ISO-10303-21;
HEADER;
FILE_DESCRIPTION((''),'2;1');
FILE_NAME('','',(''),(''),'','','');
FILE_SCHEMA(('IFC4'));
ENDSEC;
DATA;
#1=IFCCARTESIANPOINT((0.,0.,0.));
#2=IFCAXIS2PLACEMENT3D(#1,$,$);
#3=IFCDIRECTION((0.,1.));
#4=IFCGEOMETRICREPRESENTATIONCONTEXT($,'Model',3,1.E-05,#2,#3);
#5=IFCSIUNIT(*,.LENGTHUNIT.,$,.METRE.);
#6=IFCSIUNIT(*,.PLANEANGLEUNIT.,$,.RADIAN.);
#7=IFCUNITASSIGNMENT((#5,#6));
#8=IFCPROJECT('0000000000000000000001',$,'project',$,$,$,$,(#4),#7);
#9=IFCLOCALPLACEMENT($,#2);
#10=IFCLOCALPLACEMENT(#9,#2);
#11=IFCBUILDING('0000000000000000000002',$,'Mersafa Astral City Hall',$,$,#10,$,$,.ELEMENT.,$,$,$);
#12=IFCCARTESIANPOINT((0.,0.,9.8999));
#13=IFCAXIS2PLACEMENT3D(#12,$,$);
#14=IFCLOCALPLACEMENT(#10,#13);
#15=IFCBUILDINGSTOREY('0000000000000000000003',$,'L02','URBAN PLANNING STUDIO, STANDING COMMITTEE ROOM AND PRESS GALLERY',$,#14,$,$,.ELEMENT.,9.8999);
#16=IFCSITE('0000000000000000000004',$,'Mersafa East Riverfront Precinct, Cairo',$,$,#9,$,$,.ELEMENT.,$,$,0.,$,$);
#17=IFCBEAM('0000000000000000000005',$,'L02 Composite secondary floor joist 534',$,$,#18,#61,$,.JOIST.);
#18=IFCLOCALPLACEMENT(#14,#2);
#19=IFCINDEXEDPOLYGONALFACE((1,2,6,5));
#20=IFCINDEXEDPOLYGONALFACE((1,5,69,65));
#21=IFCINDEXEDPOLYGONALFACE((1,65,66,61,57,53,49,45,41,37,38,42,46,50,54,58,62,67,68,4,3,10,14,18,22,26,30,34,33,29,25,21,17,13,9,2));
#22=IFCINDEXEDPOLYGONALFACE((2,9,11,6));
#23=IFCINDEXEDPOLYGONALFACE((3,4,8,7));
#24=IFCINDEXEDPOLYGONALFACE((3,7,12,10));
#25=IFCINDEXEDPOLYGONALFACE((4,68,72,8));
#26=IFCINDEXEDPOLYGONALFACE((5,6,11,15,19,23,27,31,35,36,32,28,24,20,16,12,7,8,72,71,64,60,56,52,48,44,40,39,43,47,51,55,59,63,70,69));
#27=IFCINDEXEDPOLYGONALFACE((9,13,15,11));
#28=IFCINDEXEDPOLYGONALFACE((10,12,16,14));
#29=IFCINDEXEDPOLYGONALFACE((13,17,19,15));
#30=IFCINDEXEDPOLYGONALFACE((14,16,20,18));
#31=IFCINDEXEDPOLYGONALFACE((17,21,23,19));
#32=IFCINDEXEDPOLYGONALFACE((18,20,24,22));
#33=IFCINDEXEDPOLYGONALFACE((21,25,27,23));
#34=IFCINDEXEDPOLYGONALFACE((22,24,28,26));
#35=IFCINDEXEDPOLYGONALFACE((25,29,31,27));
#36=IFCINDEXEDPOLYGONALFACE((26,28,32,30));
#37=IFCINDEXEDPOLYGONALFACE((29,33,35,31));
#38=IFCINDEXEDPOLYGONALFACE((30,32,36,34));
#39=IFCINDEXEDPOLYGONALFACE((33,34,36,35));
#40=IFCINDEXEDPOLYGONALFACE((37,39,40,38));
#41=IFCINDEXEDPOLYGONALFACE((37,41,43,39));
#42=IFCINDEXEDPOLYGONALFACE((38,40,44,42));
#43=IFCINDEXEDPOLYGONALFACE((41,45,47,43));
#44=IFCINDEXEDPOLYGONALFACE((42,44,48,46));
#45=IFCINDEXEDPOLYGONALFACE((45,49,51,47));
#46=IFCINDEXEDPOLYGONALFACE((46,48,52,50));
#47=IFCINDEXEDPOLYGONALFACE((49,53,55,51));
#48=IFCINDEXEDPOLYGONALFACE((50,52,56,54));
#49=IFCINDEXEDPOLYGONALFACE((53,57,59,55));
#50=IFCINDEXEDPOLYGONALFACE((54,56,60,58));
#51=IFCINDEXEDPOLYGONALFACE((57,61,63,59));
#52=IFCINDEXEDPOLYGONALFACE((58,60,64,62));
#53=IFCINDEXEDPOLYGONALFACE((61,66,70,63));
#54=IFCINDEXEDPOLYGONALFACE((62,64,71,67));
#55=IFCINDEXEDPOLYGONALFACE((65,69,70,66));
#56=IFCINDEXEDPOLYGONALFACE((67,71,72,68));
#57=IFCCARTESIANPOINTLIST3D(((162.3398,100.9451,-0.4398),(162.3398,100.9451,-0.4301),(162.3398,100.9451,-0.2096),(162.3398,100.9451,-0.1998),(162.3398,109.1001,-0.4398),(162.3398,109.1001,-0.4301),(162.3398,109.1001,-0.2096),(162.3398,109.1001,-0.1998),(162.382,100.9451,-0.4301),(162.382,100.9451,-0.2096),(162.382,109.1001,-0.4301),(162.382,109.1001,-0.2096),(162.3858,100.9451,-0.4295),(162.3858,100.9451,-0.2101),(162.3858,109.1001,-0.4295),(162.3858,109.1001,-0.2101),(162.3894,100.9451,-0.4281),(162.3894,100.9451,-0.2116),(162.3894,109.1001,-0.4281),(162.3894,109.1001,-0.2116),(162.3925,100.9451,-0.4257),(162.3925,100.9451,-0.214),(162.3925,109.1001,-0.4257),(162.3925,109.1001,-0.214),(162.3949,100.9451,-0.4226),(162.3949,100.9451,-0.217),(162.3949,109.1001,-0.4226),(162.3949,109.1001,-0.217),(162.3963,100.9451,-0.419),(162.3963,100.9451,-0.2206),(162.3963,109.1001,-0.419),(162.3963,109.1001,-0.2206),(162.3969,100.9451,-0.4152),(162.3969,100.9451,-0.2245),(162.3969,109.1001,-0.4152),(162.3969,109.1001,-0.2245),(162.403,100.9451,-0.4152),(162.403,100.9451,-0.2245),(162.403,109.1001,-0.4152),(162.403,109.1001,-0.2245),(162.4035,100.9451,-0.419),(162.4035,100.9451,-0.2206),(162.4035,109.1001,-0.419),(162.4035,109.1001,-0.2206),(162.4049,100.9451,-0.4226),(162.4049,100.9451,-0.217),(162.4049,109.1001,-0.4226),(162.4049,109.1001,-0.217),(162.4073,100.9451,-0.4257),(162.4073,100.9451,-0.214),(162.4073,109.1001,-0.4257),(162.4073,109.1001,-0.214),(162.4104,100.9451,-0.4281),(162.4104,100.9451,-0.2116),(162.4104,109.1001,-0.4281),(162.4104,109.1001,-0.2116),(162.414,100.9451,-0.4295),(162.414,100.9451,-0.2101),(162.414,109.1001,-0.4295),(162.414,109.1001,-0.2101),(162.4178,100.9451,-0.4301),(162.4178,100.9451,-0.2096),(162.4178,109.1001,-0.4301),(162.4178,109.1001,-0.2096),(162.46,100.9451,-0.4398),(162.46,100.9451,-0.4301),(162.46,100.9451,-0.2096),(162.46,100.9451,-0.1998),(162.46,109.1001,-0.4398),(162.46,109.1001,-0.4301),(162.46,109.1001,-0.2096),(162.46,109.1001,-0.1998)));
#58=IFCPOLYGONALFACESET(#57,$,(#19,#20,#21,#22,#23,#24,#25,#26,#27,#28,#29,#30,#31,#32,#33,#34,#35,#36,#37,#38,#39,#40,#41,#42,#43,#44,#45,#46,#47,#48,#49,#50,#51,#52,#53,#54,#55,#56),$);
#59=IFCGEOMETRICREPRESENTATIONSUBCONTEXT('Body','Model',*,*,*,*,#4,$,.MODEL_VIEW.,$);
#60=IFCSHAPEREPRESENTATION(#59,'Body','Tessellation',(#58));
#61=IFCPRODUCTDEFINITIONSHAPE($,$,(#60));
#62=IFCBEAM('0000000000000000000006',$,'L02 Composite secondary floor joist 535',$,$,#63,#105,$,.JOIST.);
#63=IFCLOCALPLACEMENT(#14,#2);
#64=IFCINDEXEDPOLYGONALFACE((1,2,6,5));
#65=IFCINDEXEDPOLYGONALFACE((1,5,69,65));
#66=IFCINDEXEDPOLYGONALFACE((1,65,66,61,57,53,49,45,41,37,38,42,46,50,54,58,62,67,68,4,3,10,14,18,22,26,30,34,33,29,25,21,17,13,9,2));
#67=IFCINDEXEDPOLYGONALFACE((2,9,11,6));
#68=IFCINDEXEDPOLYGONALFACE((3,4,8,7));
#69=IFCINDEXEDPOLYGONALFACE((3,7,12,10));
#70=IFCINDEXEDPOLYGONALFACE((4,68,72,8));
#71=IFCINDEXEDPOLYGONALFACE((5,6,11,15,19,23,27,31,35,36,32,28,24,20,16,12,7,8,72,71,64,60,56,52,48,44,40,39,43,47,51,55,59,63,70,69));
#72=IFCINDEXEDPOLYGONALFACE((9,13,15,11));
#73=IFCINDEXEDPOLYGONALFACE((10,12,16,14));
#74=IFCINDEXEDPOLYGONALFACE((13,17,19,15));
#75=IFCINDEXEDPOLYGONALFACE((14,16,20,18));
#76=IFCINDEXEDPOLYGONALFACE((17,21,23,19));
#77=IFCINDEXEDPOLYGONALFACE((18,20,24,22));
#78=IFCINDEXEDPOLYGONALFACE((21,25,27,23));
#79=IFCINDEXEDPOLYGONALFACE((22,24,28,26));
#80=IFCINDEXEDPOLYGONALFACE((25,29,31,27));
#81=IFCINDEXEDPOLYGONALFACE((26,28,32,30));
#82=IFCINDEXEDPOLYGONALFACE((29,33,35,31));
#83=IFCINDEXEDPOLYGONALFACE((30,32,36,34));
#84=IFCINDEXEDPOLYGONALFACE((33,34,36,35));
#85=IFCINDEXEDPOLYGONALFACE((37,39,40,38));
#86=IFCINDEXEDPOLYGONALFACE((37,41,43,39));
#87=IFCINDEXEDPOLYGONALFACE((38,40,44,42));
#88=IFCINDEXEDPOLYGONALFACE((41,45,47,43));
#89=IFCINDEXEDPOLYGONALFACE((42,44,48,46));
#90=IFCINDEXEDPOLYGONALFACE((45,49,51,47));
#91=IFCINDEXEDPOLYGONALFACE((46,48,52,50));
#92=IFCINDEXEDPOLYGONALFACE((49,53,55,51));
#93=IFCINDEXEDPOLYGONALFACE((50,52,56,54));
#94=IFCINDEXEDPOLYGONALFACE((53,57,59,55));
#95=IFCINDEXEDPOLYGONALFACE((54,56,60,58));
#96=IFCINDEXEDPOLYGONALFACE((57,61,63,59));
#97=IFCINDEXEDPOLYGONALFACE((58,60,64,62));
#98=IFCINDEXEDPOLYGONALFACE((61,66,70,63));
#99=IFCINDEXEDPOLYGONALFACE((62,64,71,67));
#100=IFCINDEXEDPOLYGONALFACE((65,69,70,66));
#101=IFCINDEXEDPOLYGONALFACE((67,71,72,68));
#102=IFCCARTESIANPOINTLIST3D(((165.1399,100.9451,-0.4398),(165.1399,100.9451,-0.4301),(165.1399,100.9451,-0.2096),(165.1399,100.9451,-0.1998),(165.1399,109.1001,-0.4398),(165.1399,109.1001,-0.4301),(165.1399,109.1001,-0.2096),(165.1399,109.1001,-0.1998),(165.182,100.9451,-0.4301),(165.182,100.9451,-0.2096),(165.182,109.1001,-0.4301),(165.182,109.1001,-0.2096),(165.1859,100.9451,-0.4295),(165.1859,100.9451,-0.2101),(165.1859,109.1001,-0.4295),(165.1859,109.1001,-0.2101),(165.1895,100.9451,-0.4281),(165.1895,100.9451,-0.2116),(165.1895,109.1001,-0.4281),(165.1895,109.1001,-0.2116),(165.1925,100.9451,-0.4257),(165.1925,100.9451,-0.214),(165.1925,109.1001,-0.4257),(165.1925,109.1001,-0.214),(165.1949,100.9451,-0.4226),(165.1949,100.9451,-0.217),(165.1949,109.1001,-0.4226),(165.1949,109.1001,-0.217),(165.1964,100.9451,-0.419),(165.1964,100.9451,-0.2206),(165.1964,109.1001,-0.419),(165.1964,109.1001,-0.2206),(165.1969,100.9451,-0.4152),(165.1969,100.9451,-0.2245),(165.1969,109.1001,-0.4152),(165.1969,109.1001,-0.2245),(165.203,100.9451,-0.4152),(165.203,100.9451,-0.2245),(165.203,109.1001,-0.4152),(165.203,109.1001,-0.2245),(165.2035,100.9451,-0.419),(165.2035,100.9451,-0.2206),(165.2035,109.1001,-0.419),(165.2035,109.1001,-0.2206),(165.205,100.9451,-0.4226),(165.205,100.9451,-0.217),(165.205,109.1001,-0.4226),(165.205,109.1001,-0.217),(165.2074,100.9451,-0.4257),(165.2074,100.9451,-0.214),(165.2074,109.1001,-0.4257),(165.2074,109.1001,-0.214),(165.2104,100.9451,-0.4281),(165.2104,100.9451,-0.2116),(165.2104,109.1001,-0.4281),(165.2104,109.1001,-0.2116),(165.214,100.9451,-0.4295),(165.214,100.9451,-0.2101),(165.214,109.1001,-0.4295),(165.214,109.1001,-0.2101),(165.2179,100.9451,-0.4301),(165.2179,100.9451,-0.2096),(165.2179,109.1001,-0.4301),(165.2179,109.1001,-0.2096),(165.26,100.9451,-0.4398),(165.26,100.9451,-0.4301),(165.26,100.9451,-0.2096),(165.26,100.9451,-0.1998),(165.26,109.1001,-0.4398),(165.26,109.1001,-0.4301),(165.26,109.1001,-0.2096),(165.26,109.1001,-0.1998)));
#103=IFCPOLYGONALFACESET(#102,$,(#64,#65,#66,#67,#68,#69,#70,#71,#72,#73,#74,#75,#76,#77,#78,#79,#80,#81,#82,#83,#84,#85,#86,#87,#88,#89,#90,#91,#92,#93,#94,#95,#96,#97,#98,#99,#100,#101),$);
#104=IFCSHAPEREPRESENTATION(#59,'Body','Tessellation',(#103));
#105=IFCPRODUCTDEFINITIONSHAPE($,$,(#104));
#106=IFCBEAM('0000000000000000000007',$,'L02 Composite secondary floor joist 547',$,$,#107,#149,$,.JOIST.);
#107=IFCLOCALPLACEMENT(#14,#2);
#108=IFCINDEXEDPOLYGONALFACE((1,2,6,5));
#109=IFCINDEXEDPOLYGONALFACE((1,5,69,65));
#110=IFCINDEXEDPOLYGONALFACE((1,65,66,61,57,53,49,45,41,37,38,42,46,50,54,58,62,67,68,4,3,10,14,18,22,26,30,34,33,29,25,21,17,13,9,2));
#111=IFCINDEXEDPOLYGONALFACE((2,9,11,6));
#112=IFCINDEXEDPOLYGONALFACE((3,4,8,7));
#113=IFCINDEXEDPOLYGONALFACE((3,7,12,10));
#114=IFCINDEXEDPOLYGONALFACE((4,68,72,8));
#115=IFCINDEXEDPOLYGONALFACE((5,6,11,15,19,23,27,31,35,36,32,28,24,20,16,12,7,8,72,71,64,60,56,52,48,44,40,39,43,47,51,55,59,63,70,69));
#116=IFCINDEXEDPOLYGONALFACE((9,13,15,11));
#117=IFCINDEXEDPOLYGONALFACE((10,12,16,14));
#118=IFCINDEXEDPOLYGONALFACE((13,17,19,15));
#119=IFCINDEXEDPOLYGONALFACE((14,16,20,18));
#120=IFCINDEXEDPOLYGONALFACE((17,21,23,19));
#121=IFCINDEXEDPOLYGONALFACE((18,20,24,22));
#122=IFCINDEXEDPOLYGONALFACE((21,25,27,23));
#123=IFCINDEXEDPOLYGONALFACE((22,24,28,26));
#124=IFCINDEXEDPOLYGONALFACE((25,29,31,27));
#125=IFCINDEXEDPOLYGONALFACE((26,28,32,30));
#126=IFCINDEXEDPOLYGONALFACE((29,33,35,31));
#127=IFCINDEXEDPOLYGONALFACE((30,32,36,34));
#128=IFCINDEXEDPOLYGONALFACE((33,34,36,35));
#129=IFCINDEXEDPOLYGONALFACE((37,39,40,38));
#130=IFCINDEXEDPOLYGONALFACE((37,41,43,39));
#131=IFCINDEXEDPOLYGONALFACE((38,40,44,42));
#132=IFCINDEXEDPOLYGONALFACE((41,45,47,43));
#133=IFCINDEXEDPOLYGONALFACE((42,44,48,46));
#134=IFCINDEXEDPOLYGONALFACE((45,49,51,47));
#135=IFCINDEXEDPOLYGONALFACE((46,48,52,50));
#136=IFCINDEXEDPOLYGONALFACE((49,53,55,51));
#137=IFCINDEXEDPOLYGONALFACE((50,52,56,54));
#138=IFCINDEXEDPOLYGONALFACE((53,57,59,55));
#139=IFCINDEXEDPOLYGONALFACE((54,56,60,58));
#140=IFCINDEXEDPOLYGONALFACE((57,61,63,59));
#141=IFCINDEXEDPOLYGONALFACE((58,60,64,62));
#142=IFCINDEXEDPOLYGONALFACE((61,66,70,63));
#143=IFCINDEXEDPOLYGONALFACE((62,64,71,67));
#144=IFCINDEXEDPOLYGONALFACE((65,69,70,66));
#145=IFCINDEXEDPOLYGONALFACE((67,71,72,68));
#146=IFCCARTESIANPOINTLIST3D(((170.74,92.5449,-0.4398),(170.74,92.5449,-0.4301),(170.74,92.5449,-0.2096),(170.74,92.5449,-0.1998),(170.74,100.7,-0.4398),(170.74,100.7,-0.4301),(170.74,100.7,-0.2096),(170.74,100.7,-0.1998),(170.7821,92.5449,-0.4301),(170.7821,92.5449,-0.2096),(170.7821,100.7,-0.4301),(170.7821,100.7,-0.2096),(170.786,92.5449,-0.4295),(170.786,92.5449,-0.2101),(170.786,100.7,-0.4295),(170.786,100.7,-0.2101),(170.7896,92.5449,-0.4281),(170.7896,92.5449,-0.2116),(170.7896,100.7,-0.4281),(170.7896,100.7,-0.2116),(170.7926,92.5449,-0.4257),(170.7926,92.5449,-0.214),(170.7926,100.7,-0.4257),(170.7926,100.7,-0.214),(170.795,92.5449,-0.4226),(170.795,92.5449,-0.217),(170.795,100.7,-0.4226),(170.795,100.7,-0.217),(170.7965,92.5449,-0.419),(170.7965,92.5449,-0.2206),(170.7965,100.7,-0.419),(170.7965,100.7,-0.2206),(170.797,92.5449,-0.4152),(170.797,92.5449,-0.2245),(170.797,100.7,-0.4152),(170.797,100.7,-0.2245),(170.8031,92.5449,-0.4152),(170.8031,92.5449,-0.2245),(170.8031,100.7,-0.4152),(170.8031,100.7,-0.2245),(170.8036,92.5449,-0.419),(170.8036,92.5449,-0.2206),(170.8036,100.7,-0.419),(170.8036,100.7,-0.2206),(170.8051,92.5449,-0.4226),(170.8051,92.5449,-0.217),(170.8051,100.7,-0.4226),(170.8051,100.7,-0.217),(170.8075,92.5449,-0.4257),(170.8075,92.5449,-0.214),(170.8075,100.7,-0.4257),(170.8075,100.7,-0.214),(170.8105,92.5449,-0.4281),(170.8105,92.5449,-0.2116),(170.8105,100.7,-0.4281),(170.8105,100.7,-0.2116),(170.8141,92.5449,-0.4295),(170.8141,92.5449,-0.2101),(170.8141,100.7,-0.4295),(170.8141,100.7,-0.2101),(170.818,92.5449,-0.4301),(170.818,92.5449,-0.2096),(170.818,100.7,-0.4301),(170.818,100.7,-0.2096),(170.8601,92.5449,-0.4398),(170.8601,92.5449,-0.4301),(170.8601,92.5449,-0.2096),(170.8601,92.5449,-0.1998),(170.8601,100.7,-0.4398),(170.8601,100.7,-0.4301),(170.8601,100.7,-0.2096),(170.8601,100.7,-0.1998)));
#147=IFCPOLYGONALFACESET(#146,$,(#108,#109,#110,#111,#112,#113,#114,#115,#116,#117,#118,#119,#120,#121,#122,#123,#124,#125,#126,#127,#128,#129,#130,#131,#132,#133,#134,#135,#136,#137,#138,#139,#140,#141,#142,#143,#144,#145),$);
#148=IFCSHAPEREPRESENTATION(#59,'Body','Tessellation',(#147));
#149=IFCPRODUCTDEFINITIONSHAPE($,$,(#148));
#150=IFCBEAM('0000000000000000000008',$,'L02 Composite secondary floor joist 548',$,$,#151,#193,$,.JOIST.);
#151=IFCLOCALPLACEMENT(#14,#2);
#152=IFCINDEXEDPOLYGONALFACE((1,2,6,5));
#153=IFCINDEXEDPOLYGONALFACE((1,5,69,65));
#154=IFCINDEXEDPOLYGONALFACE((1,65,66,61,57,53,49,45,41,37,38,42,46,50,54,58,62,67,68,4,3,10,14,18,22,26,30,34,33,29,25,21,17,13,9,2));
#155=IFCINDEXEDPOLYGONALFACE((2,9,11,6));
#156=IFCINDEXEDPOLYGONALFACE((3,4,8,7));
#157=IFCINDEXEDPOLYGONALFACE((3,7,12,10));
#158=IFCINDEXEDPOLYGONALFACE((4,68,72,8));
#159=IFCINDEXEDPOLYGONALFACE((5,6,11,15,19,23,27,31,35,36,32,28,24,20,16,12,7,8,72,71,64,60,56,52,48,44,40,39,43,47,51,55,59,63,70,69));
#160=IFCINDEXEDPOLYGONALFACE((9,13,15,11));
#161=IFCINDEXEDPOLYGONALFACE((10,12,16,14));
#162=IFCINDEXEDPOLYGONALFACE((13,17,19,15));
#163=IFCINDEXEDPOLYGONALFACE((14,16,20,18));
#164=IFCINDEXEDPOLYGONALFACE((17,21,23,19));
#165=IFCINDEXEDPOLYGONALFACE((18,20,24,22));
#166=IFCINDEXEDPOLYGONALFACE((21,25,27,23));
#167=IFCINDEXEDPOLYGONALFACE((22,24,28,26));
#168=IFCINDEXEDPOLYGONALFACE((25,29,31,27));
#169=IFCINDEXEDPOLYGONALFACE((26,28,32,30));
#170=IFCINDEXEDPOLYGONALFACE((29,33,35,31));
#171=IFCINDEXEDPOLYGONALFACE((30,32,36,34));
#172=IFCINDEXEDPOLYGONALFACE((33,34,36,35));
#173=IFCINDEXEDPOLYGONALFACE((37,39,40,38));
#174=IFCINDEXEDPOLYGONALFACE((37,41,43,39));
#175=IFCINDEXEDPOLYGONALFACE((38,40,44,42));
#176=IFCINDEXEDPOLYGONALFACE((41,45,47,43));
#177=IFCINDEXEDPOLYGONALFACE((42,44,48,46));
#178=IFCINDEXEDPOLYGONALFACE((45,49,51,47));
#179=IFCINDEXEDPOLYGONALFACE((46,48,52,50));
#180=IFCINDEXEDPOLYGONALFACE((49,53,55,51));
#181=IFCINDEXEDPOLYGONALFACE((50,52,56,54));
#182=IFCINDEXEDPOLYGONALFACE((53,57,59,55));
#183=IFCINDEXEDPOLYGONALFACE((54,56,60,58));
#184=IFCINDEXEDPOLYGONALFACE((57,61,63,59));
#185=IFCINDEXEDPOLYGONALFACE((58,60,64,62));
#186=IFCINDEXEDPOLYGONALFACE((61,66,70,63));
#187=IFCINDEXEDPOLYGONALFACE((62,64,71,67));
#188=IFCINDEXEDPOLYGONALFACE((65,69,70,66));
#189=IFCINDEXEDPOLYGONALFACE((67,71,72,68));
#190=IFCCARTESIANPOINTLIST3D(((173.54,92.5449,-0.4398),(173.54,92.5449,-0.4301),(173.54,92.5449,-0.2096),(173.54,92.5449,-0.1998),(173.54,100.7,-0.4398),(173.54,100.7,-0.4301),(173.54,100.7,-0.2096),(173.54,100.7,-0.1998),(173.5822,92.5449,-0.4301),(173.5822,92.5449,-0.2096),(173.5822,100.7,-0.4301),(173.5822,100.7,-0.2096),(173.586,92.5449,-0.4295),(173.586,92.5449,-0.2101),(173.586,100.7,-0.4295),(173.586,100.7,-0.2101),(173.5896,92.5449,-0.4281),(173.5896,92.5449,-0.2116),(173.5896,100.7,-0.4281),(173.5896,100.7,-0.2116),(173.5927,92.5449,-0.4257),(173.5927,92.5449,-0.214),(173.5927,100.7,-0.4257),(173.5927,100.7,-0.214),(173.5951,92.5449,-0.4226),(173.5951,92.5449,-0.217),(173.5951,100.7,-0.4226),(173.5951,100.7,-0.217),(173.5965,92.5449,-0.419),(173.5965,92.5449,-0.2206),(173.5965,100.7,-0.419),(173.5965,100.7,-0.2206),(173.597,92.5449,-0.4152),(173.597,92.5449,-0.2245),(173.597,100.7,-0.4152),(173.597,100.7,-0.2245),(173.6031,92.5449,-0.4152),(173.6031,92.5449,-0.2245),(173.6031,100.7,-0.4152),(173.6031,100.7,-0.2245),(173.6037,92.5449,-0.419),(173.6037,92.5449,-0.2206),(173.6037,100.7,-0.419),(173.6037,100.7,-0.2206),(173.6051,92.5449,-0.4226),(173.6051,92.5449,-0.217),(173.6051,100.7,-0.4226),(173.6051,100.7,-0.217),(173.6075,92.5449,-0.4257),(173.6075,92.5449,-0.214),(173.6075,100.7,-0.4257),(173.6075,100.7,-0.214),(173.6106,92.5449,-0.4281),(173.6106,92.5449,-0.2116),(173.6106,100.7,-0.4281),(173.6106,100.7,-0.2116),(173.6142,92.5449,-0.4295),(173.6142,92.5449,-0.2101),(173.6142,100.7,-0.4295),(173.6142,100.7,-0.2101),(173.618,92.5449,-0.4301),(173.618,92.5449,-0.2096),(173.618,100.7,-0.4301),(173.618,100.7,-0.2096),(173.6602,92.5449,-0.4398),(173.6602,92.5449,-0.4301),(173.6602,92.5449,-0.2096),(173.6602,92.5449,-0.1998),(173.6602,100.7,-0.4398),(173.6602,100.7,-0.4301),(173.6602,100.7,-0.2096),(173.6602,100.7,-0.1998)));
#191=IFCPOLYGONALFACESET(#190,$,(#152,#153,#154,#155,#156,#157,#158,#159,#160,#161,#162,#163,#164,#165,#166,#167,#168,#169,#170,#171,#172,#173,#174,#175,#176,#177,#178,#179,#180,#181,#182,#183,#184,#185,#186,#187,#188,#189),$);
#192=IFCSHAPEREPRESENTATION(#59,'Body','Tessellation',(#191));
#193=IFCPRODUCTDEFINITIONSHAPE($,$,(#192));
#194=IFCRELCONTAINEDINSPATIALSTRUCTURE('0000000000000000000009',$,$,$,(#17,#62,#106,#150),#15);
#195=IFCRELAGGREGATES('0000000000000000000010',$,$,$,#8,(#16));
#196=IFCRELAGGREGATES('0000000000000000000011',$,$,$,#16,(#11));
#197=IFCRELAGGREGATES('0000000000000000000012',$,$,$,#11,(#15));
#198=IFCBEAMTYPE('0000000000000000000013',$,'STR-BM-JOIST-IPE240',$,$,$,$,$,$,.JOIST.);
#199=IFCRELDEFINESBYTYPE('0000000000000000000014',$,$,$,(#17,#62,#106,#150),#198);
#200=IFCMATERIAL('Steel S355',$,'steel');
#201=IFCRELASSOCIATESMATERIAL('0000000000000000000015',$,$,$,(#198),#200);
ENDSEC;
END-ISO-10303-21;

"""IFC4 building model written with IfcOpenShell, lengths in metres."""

from ifc_helpers import new_model, si_unit, direction, frame, origin, origin_2d, place, context, subcontext, project, spatial, i_section, extrude, material, material_profile, profile_set, type_object, element, save


model = new_model("IFC4")

# Units and contexts
model_context = context("Model", 3, precision=1e-05, world=origin(), true_north=direction((0.0, 1.0)))
body_context = subcontext(model_context, "Body", "Model", "MODEL_VIEW")
ifc_project = project(units=[si_unit("LENGTHUNIT", "METRE"), si_unit("PLANEANGLEUNIT", "RADIAN")], contexts=[model_context])

# Site, building, storey
site_placement = place(None, origin())
site = spatial("IfcSite", under=ifc_project, at=site_placement, Name="Mersafa East Riverfront Precinct, Cairo", CompositionType="ELEMENT", RefElevation=0.0)
building_placement = place(site_placement, origin())
building = spatial("IfcBuilding", under=site, at=building_placement, Name="Mersafa Astral City Hall", CompositionType="ELEMENT")
storey_placement = place(building_placement, frame((0.0, 0.0, 9.8999)))
storey = spatial("IfcBuildingStorey", under=building, at=storey_placement, Name="L02", Description="URBAN PLANNING STUDIO, STANDING COMMITTEE ROOM AND PRESS GALLERY", CompositionType="ELEMENT", Elevation=9.8999)

# Shared definitions
ifc_material_1 = material(Name="Steel S355", Category="steel")

# Beams
ifc_material_profile_1 = material_profile(ifc_material_1, i_section(OverallWidth=0.1201, OverallDepth=0.24, WebThickness=0.0061, FlangeThickness=0.0098, FilletRadius=0.0149, at=origin_2d()), Name="IPE 240")
ifc_profile_set_1 = profile_set([ifc_material_profile_1], Name="Steel S355")
beam_type_1 = type_object("IfcBeamType", Name="STR-BM-JOIST-IPE240", PredefinedType="JOIST", material=ifc_profile_set_1)
for number, where, z_axis, x_axis, name in (
    (1, (162.3999, 100.9451, -0.3198), (0.0, 1.0, 0.0), (-1.0, 0.0, 0.0), "L02 Composite secondary floor joist 534"),
    (2, (165.2, 100.9451, -0.3198), (0.0, 1.0, 0.0), (-1.0, 0.0, 0.0), "L02 Composite secondary floor joist 535"),
    (3, (170.8, 92.5449, -0.3198), (0.0, 1.0, 0.0), (-1.0, 0.0, 0.0), "L02 Composite secondary floor joist 547"),
    (4, (173.6001, 92.5449, -0.3198), (0.0, 1.0, 0.0), (-1.0, 0.0, 0.0), "L02 Composite secondary floor joist 548"),
):
    element("IfcBeam", number, at=place(storey_placement, frame(where, z_axis=z_axis, x_axis=x_axis)), inside=storey, type_object=beam_type_1, Name=name, PredefinedType="JOIST", context=body_context, shape_type="SweptSolid", body=[
        extrude(i_section(OverallWidth=0.1201, OverallDepth=0.24, WebThickness=0.0061, FlangeThickness=0.0098, FilletRadius=0.0149, at=origin_2d()), origin(), (0.0, 0.0, 1.0), 8.155),
    ])

save(model, "model.ifc")
